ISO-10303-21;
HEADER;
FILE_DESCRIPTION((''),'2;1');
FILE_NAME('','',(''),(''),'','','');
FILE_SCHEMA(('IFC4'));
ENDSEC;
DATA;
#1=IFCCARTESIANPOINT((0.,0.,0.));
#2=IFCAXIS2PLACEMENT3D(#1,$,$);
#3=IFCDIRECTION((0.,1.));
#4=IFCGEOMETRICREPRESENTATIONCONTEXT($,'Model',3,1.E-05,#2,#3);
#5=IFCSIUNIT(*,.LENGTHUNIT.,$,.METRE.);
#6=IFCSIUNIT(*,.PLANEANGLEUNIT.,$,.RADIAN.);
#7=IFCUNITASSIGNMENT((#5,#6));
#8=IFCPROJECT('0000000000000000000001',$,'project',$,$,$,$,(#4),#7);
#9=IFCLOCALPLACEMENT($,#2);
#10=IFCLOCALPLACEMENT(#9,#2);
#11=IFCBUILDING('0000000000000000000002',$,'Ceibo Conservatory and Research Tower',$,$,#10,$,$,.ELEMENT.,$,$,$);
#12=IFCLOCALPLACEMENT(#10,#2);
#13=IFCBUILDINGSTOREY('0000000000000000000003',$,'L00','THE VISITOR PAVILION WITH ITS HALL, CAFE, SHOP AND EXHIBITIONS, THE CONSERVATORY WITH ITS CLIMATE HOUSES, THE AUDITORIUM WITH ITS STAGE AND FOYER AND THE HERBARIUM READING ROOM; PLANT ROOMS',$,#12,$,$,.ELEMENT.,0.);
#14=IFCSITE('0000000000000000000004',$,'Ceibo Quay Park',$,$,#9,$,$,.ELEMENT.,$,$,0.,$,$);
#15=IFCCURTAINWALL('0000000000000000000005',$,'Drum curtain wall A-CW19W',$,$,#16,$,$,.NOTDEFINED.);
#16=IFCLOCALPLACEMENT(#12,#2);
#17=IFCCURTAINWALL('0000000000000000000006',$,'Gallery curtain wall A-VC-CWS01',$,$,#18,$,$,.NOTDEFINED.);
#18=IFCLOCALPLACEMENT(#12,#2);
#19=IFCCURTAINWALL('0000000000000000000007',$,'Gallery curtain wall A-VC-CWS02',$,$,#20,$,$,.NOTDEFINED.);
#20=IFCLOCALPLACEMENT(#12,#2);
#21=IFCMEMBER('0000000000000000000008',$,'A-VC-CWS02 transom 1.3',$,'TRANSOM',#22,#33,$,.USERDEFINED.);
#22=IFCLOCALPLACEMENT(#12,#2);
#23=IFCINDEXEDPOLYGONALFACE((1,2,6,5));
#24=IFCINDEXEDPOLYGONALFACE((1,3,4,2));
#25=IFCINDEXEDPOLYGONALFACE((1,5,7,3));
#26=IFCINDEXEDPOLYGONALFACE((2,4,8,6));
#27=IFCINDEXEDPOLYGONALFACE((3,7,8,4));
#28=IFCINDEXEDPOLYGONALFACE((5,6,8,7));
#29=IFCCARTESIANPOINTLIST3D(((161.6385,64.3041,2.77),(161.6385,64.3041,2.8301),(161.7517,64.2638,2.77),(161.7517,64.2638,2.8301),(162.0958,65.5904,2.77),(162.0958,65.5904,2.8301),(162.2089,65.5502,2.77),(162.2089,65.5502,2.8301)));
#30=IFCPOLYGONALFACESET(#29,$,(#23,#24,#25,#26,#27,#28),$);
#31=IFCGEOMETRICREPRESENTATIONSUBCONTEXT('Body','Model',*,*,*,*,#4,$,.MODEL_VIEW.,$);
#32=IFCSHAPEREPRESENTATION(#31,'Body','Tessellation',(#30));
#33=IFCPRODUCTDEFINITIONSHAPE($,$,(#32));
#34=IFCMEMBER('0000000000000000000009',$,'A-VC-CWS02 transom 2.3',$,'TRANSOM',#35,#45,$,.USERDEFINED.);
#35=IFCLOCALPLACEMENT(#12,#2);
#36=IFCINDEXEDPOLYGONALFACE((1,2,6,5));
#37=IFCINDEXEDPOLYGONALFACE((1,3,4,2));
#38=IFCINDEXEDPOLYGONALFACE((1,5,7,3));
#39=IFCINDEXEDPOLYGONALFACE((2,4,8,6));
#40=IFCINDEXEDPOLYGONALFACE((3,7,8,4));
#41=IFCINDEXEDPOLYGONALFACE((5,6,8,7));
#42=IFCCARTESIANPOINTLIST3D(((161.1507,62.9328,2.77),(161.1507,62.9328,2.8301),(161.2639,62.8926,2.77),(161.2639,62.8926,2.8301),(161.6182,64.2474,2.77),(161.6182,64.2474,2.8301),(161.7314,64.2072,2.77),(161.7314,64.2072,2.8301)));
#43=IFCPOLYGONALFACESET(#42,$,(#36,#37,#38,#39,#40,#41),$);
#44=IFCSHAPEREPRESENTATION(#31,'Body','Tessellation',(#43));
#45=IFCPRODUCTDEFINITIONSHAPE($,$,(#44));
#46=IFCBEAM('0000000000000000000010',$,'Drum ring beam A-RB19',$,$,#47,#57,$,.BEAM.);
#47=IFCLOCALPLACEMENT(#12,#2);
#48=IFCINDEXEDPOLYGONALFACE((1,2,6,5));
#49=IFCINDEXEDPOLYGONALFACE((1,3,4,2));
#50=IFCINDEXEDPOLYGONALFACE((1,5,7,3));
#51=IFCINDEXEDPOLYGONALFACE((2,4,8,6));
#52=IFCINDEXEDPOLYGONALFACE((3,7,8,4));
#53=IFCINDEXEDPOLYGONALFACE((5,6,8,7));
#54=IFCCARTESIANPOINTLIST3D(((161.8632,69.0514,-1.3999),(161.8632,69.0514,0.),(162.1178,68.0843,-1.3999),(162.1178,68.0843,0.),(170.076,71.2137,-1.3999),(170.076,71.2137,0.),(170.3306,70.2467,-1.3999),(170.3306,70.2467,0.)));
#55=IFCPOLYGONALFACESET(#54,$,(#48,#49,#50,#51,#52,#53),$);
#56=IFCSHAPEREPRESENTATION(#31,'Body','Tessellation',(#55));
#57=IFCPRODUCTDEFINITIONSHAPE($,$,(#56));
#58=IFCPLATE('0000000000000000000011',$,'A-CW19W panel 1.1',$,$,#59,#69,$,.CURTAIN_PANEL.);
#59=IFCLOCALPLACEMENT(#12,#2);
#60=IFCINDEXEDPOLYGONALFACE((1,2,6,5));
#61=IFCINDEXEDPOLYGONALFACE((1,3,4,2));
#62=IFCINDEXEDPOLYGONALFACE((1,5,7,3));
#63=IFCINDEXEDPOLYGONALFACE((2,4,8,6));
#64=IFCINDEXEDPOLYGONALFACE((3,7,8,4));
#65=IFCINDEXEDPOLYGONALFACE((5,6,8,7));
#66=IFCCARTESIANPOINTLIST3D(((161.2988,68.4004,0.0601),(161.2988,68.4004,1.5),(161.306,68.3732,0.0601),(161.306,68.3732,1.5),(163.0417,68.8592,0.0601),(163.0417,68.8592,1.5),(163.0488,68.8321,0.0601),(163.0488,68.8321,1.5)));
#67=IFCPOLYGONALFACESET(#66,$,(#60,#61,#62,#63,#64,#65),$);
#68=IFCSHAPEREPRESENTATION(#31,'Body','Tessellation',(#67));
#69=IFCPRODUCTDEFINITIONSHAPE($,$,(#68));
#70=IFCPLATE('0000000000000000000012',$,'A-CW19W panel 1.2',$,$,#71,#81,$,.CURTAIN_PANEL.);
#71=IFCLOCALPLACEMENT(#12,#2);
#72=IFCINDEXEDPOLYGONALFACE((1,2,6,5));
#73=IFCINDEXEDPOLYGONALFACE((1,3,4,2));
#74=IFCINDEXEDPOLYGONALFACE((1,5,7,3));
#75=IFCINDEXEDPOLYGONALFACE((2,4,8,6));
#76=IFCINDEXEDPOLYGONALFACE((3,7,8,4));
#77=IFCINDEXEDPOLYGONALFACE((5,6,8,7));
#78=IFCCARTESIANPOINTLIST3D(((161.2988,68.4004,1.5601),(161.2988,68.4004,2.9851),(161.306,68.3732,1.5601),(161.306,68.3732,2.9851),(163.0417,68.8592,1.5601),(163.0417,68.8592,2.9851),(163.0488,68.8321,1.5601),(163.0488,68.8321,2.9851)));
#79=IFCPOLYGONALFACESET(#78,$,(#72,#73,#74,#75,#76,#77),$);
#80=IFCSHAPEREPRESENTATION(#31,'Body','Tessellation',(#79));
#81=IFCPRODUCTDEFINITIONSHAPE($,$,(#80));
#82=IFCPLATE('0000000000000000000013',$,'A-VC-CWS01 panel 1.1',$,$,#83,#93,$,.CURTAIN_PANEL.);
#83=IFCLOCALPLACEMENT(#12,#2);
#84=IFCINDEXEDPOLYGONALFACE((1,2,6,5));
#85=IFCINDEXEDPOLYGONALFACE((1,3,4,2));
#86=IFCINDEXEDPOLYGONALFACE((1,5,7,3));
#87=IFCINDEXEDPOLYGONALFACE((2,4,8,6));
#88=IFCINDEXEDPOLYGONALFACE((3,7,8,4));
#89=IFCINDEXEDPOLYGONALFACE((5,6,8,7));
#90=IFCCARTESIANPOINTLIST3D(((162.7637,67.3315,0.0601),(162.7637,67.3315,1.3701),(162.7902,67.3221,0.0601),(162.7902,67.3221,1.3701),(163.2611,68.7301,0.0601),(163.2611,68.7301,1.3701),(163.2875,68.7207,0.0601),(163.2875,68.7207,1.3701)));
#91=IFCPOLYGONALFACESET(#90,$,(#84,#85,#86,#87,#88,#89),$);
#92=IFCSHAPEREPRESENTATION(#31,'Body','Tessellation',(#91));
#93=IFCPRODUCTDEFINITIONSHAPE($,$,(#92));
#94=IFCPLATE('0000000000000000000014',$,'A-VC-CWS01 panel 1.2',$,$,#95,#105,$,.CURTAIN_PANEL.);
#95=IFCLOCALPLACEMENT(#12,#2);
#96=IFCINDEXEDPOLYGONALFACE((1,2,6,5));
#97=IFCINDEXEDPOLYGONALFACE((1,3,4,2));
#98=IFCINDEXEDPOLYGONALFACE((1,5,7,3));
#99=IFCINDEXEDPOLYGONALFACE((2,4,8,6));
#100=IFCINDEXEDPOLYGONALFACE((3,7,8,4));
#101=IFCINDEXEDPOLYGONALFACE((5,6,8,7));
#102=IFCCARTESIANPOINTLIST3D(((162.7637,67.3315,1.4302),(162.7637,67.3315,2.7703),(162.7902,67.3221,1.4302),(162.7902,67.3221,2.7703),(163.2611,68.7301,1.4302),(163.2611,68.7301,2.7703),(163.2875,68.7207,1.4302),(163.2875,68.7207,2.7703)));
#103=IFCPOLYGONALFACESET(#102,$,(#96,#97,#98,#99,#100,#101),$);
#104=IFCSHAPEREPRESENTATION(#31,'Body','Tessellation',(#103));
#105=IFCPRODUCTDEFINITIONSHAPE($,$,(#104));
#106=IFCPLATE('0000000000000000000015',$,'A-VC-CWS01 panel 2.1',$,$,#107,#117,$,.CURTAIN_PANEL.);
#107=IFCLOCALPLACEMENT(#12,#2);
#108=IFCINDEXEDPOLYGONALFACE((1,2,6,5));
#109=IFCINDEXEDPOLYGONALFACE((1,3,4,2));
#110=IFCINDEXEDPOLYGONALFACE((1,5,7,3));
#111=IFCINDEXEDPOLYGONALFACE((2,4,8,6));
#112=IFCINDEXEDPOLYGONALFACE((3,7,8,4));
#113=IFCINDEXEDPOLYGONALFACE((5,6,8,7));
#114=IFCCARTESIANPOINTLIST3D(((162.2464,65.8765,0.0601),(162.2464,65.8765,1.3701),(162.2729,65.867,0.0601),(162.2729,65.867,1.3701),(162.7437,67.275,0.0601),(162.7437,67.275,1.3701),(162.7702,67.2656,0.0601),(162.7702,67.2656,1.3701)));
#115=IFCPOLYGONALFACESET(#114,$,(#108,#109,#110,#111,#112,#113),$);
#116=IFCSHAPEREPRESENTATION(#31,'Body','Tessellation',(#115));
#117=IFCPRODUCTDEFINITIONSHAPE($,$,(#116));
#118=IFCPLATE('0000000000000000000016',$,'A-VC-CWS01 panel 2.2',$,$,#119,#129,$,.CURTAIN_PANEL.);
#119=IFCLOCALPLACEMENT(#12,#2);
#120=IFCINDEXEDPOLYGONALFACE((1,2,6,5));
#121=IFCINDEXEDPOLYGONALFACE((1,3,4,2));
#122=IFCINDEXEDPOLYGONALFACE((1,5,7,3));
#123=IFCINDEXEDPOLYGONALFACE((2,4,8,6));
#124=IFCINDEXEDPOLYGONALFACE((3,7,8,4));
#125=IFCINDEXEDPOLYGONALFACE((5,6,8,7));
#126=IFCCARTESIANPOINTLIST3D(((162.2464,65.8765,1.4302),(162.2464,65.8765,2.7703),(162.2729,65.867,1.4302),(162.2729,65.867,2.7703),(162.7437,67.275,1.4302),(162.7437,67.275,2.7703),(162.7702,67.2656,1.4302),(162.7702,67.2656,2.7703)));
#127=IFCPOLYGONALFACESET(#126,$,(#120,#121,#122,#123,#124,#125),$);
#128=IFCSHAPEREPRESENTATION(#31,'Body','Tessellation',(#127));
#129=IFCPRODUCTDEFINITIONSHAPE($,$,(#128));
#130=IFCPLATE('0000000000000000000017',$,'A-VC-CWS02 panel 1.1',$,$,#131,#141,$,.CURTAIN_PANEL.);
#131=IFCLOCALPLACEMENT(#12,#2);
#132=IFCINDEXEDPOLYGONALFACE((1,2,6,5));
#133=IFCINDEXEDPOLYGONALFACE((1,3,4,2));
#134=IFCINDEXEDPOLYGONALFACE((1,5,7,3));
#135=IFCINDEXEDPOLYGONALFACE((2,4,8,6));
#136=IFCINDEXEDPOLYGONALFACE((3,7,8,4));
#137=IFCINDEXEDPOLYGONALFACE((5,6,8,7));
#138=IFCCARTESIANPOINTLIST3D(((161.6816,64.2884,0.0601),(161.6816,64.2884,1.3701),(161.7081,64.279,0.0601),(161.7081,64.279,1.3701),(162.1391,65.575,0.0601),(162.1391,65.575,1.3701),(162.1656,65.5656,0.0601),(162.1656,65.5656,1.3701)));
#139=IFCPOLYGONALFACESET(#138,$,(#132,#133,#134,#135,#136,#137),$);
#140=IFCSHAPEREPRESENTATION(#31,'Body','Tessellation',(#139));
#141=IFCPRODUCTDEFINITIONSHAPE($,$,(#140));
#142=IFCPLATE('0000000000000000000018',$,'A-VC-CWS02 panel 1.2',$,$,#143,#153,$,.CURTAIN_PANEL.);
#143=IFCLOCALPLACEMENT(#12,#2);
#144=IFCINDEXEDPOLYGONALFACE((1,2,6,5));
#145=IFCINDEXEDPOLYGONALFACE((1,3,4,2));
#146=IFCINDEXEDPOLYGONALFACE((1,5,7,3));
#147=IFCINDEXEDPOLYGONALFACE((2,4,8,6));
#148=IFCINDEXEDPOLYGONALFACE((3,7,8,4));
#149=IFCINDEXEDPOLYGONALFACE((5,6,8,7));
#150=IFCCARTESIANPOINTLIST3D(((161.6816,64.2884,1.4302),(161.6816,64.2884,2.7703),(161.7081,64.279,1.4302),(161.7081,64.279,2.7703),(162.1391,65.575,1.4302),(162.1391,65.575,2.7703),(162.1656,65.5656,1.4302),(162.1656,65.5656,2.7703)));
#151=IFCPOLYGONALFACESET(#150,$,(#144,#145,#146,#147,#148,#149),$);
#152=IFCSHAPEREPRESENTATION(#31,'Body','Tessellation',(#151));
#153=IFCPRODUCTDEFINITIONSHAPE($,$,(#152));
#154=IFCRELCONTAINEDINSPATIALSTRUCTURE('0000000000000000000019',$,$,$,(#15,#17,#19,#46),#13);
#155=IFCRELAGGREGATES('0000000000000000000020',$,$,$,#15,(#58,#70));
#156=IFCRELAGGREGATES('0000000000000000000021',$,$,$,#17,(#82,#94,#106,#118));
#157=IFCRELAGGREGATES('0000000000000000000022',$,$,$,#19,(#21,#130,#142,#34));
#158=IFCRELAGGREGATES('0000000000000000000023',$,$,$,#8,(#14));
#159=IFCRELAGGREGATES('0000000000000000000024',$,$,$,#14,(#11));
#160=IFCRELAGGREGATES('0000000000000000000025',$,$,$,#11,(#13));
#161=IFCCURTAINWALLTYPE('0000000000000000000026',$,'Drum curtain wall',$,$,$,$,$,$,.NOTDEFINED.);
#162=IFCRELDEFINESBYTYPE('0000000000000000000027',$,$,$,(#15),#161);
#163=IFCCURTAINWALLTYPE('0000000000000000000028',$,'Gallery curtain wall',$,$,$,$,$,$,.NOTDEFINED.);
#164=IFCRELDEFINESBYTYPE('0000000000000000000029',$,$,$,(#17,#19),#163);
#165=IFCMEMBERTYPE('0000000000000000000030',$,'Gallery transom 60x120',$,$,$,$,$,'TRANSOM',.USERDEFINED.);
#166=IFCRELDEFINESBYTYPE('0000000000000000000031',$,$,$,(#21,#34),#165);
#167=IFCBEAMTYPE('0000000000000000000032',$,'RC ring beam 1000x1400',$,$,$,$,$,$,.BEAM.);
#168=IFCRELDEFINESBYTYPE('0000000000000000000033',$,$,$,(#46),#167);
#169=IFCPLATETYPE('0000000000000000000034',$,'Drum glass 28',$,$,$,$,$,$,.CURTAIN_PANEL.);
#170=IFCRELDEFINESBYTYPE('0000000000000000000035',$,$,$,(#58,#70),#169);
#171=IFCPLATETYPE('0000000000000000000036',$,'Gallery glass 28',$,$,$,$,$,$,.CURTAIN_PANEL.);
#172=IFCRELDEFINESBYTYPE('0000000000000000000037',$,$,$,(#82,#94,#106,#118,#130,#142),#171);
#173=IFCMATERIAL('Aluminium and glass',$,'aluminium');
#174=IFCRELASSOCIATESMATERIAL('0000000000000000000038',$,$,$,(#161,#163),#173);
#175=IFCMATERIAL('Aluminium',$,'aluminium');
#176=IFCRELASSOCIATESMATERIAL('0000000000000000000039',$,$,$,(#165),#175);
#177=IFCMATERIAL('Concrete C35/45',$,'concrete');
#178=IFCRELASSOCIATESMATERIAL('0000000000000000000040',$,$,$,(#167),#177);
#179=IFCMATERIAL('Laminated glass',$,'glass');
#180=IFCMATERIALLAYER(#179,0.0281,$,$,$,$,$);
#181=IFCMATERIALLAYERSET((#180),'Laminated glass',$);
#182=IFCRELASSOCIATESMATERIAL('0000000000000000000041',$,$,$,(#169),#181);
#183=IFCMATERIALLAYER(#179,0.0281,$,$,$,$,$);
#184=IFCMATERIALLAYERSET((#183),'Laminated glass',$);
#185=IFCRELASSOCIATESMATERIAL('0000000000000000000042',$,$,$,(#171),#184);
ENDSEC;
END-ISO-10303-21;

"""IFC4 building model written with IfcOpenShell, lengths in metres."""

from ifc_helpers import new_model, si_unit, direction, frame, origin, origin_2d, place, context, subcontext, project, spatial, rectangle, extrude, material, layer, layer_set, material_profile, profile_set, type_object, element, aggregate, save


model = new_model("IFC4")

# Units and contexts
model_context = context("Model", 3, precision=1e-05, world=origin(), true_north=direction((0.0, 1.0)))
body_context = subcontext(model_context, "Body", "Model", "MODEL_VIEW")
ifc_project = project(units=[si_unit("LENGTHUNIT", "METRE"), si_unit("PLANEANGLEUNIT", "RADIAN")], contexts=[model_context])

# Site, building, storey
site_placement = place(None, origin())
site = spatial("IfcSite", under=ifc_project, at=site_placement, Name="Ceibo Quay Park", CompositionType="ELEMENT", RefElevation=0.0)
building_placement = place(site_placement, origin())
building = spatial("IfcBuilding", under=site, at=building_placement, Name="Ceibo Conservatory and Research Tower", CompositionType="ELEMENT")
storey_placement = place(building_placement, origin())
storey = spatial("IfcBuildingStorey", under=building, at=storey_placement, Name="L00", Description="THE VISITOR PAVILION WITH ITS HALL, CAFE, SHOP AND EXHIBITIONS, THE CONSERVATORY WITH ITS CLIMATE HOUSES, THE AUDITORIUM WITH ITS STAGE AND FOYER AND THE HERBARIUM READING ROOM; PLANT ROOMS", CompositionType="ELEMENT", Elevation=0.0)

# Shared definitions
ifc_material_1 = material(Name="Concrete C35/45", Category="concrete")

# Shared definitions
ifc_material_2 = material(Name="Aluminium and glass", Category="aluminium")
curtain_wall_type_1 = type_object("IfcCurtainWallType", Name="Drum curtain wall", PredefinedType="NOTDEFINED", material=ifc_material_2)
ifc_material_3 = material(Name="Aluminium", Category="aluminium")

# Curtain walls
curtain_wall_1_placement = place(storey_placement, origin())
curtain_wall_1 = element("IfcCurtainWall", 1, at=curtain_wall_1_placement, inside=storey, type_object=curtain_wall_type_1, Name="Drum curtain wall A-CW19W", PredefinedType="NOTDEFINED")
curtain_wall_type_2 = type_object("IfcCurtainWallType", Name="Gallery curtain wall", PredefinedType="NOTDEFINED", material=ifc_material_2)
curtain_wall_2_placement = place(storey_placement, origin())
curtain_wall_2 = element("IfcCurtainWall", 2, at=curtain_wall_2_placement, inside=storey, type_object=curtain_wall_type_2, Name="Gallery curtain wall A-VC-CWS01", PredefinedType="NOTDEFINED")
curtain_wall_3_placement = place(storey_placement, origin())
curtain_wall_3 = element("IfcCurtainWall", 3, at=curtain_wall_3_placement, inside=storey, type_object=curtain_wall_type_2, Name="Gallery curtain wall A-VC-CWS02", PredefinedType="NOTDEFINED")

# Members
ifc_material_profile_1 = material_profile(ifc_material_3, rectangle(XDim=0.1201, YDim=0.0601, at=origin_2d()), Name="AL 60x120")
ifc_profile_set_1 = profile_set([ifc_material_profile_1], Name="Aluminium")
member_type_1 = type_object("IfcMemberType", Name="Gallery transom 60x120", ElementType="TRANSOM", PredefinedType="USERDEFINED", material=ifc_profile_set_1)
member_1_placement = place(storey_placement, frame((162.1523, 65.5703, 2.8), z_axis=(-0.334943, -0.942239, 0.0), x_axis=(0.942239, -0.334943, 0.0)))
member_1 = element("IfcMember", 4, at=member_1_placement, type_object=member_type_1, Name="A-VC-CWS02 transom 1.3", ObjectType="TRANSOM", PredefinedType="USERDEFINED", context=body_context, shape_type="SweptSolid", body=[
    extrude(rectangle(XDim=0.1201, YDim=0.0601, at=origin_2d()), origin(), (0.0, 0.0, 1.0), 1.3652),
])
member_2_placement = place(storey_placement, frame((161.6748, 64.2273, 2.8), z_axis=(-0.335061, -0.942196, 0.0), x_axis=(0.942196, -0.335061, 0.0)))
member_2 = element("IfcMember", 5, at=member_2_placement, type_object=member_type_1, Name="A-VC-CWS02 transom 2.3", ObjectType="TRANSOM", PredefinedType="USERDEFINED", context=body_context, shape_type="SweptSolid", body=[
    extrude(rectangle(XDim=0.1201, YDim=0.0601, at=origin_2d()), origin(), (0.0, 0.0, 1.0), 1.3953),
])

# Beam
ifc_material_profile_2 = material_profile(ifc_material_1, rectangle(XDim=1.0, YDim=1.3999, at=origin_2d()), Name="RC 1000x1400")
ifc_profile_set_2 = profile_set([ifc_material_profile_2], Name="Concrete C35/45")
beam_type = type_object("IfcBeamType", Name="RC ring beam 1000x1400", PredefinedType="BEAM", material=ifc_profile_set_2)
beam_placement = place(storey_placement, frame((161.9905, 68.5679, -0.7), z_axis=(0.967044, 0.254611, 0.0), x_axis=(-0.254611, 0.967044, 0.0)))
element("IfcBeam", 6, at=beam_placement, inside=storey, type_object=beam_type, Name="Drum ring beam A-RB19", PredefinedType="BEAM", context=body_context, shape_type="SweptSolid", body=[
    extrude(rectangle(XDim=1.0, YDim=1.3999, at=origin_2d()), origin(), (0.0, 0.0, 1.0), 8.4927),
])

# Plates
ifc_material_4 = material(Name="Laminated glass", Category="glass")
ifc_layer_1 = layer(ifc_material_4, 0.0281)
ifc_layer_set_1 = layer_set([ifc_layer_1], Name="Laminated glass")
plate_type_1 = type_object("IfcPlateType", Name="Drum glass 28", PredefinedType="CURTAIN_PANEL", material=ifc_layer_set_1)
plate_1_placement = place(storey_placement, frame((162.1738, 68.6162, 0.0601), z_axis=(0.0, 0.0, 1.0), x_axis=(0.967046, 0.254602, 0.0)))
plate_1 = element("IfcPlate", 7, at=plate_1_placement, type_object=plate_type_1, Name="A-CW19W panel 1.1", PredefinedType="CURTAIN_PANEL", context=body_context, shape_type="SweptSolid", body=[
    extrude(rectangle(XDim=1.8022, YDim=0.0281, at=origin_2d()), origin(), (0.0, 0.0, 1.0), 1.4399),
])
plate_2_placement = place(storey_placement, frame((162.1738, 68.6162, 1.5601), z_axis=(0.0, 0.0, 1.0), x_axis=(0.967046, 0.254602, 0.0)))
plate_2 = element("IfcPlate", 8, at=plate_2_placement, type_object=plate_type_1, Name="A-CW19W panel 1.2", PredefinedType="CURTAIN_PANEL", context=body_context, shape_type="SweptSolid", body=[
    extrude(rectangle(XDim=1.8022, YDim=0.0281, at=origin_2d()), origin(), (0.0, 0.0, 1.0), 1.425),
])
aggregate(curtain_wall_1, [plate_1, plate_2])
ifc_layer_2 = layer(ifc_material_4, 0.0281)
ifc_layer_set_2 = layer_set([ifc_layer_2], Name="Laminated glass")
plate_type_2 = type_object("IfcPlateType", Name="Gallery glass 28", PredefinedType="CURTAIN_PANEL", material=ifc_layer_set_2)
plate_3_placement = place(storey_placement, frame((163.0256, 68.0261, 0.0601), z_axis=(0.0, 0.0, 1.0), x_axis=(-0.33504, -0.942204, 0.0)))
plate_3 = element("IfcPlate", 9, at=plate_3_placement, type_object=plate_type_2, Name="A-VC-CWS01 panel 1.1", PredefinedType="CURTAIN_PANEL", context=body_context, shape_type="SweptSolid", body=[
    extrude(rectangle(XDim=1.4844, YDim=0.0281, at=origin_2d()), origin(), (0.0, 0.0, 1.0), 1.3101),
])
plate_4_placement = place(storey_placement, frame((163.0256, 68.0261, 1.4302), z_axis=(0.0, 0.0, 1.0), x_axis=(-0.33504, -0.942204, 0.0)))
plate_4 = element("IfcPlate", 10, at=plate_4_placement, type_object=plate_type_2, Name="A-VC-CWS01 panel 1.2", PredefinedType="CURTAIN_PANEL", context=body_context, shape_type="SweptSolid", body=[
    extrude(rectangle(XDim=1.4844, YDim=0.0281, at=origin_2d()), origin(), (0.0, 0.0, 1.0), 1.3401),
])
plate_5_placement = place(storey_placement, frame((162.5083, 66.571, 0.0601), z_axis=(0.0, 0.0, 1.0), x_axis=(-0.33504, -0.942204, 0.0)))
plate_5 = element("IfcPlate", 11, at=plate_5_placement, type_object=plate_type_2, Name="A-VC-CWS01 panel 2.1", PredefinedType="CURTAIN_PANEL", context=body_context, shape_type="SweptSolid", body=[
    extrude(rectangle(XDim=1.4844, YDim=0.0281, at=origin_2d()), origin(), (0.0, 0.0, 1.0), 1.3101),
])
plate_6_placement = place(storey_placement, frame((162.5083, 66.571, 1.4302), z_axis=(0.0, 0.0, 1.0), x_axis=(-0.33504, -0.942204, 0.0)))
plate_6 = element("IfcPlate", 12, at=plate_6_placement, type_object=plate_type_2, Name="A-VC-CWS01 panel 2.2", PredefinedType="CURTAIN_PANEL", context=body_context, shape_type="SweptSolid", body=[
    extrude(rectangle(XDim=1.4844, YDim=0.0281, at=origin_2d()), origin(), (0.0, 0.0, 1.0), 1.3401),
])
aggregate(curtain_wall_2, [plate_3, plate_4, plate_5, plate_6])
plate_7_placement = place(storey_placement, frame((161.9236, 64.927, 0.0601), z_axis=(0.0, 0.0, 1.0), x_axis=(-0.33504, -0.942204, 0.0)))
plate_7 = element("IfcPlate", 13, at=plate_7_placement, type_object=plate_type_2, Name="A-VC-CWS02 panel 1.1", PredefinedType="CURTAIN_PANEL", context=body_context, shape_type="SweptSolid", body=[
    extrude(rectangle(XDim=1.3655, YDim=0.0281, at=origin_2d()), origin(), (0.0, 0.0, 1.0), 1.3101),
])
plate_8_placement = place(storey_placement, frame((161.9236, 64.927, 1.4302), z_axis=(0.0, 0.0, 1.0), x_axis=(-0.33504, -0.942204, 0.0)))
plate_8 = element("IfcPlate", 14, at=plate_8_placement, type_object=plate_type_2, Name="A-VC-CWS02 panel 1.2", PredefinedType="CURTAIN_PANEL", context=body_context, shape_type="SweptSolid", body=[
    extrude(rectangle(XDim=1.3655, YDim=0.0281, at=origin_2d()), origin(), (0.0, 0.0, 1.0), 1.3401),
])
aggregate(curtain_wall_3, [member_1, plate_7, plate_8, member_2])

save(model, "model.ifc")
